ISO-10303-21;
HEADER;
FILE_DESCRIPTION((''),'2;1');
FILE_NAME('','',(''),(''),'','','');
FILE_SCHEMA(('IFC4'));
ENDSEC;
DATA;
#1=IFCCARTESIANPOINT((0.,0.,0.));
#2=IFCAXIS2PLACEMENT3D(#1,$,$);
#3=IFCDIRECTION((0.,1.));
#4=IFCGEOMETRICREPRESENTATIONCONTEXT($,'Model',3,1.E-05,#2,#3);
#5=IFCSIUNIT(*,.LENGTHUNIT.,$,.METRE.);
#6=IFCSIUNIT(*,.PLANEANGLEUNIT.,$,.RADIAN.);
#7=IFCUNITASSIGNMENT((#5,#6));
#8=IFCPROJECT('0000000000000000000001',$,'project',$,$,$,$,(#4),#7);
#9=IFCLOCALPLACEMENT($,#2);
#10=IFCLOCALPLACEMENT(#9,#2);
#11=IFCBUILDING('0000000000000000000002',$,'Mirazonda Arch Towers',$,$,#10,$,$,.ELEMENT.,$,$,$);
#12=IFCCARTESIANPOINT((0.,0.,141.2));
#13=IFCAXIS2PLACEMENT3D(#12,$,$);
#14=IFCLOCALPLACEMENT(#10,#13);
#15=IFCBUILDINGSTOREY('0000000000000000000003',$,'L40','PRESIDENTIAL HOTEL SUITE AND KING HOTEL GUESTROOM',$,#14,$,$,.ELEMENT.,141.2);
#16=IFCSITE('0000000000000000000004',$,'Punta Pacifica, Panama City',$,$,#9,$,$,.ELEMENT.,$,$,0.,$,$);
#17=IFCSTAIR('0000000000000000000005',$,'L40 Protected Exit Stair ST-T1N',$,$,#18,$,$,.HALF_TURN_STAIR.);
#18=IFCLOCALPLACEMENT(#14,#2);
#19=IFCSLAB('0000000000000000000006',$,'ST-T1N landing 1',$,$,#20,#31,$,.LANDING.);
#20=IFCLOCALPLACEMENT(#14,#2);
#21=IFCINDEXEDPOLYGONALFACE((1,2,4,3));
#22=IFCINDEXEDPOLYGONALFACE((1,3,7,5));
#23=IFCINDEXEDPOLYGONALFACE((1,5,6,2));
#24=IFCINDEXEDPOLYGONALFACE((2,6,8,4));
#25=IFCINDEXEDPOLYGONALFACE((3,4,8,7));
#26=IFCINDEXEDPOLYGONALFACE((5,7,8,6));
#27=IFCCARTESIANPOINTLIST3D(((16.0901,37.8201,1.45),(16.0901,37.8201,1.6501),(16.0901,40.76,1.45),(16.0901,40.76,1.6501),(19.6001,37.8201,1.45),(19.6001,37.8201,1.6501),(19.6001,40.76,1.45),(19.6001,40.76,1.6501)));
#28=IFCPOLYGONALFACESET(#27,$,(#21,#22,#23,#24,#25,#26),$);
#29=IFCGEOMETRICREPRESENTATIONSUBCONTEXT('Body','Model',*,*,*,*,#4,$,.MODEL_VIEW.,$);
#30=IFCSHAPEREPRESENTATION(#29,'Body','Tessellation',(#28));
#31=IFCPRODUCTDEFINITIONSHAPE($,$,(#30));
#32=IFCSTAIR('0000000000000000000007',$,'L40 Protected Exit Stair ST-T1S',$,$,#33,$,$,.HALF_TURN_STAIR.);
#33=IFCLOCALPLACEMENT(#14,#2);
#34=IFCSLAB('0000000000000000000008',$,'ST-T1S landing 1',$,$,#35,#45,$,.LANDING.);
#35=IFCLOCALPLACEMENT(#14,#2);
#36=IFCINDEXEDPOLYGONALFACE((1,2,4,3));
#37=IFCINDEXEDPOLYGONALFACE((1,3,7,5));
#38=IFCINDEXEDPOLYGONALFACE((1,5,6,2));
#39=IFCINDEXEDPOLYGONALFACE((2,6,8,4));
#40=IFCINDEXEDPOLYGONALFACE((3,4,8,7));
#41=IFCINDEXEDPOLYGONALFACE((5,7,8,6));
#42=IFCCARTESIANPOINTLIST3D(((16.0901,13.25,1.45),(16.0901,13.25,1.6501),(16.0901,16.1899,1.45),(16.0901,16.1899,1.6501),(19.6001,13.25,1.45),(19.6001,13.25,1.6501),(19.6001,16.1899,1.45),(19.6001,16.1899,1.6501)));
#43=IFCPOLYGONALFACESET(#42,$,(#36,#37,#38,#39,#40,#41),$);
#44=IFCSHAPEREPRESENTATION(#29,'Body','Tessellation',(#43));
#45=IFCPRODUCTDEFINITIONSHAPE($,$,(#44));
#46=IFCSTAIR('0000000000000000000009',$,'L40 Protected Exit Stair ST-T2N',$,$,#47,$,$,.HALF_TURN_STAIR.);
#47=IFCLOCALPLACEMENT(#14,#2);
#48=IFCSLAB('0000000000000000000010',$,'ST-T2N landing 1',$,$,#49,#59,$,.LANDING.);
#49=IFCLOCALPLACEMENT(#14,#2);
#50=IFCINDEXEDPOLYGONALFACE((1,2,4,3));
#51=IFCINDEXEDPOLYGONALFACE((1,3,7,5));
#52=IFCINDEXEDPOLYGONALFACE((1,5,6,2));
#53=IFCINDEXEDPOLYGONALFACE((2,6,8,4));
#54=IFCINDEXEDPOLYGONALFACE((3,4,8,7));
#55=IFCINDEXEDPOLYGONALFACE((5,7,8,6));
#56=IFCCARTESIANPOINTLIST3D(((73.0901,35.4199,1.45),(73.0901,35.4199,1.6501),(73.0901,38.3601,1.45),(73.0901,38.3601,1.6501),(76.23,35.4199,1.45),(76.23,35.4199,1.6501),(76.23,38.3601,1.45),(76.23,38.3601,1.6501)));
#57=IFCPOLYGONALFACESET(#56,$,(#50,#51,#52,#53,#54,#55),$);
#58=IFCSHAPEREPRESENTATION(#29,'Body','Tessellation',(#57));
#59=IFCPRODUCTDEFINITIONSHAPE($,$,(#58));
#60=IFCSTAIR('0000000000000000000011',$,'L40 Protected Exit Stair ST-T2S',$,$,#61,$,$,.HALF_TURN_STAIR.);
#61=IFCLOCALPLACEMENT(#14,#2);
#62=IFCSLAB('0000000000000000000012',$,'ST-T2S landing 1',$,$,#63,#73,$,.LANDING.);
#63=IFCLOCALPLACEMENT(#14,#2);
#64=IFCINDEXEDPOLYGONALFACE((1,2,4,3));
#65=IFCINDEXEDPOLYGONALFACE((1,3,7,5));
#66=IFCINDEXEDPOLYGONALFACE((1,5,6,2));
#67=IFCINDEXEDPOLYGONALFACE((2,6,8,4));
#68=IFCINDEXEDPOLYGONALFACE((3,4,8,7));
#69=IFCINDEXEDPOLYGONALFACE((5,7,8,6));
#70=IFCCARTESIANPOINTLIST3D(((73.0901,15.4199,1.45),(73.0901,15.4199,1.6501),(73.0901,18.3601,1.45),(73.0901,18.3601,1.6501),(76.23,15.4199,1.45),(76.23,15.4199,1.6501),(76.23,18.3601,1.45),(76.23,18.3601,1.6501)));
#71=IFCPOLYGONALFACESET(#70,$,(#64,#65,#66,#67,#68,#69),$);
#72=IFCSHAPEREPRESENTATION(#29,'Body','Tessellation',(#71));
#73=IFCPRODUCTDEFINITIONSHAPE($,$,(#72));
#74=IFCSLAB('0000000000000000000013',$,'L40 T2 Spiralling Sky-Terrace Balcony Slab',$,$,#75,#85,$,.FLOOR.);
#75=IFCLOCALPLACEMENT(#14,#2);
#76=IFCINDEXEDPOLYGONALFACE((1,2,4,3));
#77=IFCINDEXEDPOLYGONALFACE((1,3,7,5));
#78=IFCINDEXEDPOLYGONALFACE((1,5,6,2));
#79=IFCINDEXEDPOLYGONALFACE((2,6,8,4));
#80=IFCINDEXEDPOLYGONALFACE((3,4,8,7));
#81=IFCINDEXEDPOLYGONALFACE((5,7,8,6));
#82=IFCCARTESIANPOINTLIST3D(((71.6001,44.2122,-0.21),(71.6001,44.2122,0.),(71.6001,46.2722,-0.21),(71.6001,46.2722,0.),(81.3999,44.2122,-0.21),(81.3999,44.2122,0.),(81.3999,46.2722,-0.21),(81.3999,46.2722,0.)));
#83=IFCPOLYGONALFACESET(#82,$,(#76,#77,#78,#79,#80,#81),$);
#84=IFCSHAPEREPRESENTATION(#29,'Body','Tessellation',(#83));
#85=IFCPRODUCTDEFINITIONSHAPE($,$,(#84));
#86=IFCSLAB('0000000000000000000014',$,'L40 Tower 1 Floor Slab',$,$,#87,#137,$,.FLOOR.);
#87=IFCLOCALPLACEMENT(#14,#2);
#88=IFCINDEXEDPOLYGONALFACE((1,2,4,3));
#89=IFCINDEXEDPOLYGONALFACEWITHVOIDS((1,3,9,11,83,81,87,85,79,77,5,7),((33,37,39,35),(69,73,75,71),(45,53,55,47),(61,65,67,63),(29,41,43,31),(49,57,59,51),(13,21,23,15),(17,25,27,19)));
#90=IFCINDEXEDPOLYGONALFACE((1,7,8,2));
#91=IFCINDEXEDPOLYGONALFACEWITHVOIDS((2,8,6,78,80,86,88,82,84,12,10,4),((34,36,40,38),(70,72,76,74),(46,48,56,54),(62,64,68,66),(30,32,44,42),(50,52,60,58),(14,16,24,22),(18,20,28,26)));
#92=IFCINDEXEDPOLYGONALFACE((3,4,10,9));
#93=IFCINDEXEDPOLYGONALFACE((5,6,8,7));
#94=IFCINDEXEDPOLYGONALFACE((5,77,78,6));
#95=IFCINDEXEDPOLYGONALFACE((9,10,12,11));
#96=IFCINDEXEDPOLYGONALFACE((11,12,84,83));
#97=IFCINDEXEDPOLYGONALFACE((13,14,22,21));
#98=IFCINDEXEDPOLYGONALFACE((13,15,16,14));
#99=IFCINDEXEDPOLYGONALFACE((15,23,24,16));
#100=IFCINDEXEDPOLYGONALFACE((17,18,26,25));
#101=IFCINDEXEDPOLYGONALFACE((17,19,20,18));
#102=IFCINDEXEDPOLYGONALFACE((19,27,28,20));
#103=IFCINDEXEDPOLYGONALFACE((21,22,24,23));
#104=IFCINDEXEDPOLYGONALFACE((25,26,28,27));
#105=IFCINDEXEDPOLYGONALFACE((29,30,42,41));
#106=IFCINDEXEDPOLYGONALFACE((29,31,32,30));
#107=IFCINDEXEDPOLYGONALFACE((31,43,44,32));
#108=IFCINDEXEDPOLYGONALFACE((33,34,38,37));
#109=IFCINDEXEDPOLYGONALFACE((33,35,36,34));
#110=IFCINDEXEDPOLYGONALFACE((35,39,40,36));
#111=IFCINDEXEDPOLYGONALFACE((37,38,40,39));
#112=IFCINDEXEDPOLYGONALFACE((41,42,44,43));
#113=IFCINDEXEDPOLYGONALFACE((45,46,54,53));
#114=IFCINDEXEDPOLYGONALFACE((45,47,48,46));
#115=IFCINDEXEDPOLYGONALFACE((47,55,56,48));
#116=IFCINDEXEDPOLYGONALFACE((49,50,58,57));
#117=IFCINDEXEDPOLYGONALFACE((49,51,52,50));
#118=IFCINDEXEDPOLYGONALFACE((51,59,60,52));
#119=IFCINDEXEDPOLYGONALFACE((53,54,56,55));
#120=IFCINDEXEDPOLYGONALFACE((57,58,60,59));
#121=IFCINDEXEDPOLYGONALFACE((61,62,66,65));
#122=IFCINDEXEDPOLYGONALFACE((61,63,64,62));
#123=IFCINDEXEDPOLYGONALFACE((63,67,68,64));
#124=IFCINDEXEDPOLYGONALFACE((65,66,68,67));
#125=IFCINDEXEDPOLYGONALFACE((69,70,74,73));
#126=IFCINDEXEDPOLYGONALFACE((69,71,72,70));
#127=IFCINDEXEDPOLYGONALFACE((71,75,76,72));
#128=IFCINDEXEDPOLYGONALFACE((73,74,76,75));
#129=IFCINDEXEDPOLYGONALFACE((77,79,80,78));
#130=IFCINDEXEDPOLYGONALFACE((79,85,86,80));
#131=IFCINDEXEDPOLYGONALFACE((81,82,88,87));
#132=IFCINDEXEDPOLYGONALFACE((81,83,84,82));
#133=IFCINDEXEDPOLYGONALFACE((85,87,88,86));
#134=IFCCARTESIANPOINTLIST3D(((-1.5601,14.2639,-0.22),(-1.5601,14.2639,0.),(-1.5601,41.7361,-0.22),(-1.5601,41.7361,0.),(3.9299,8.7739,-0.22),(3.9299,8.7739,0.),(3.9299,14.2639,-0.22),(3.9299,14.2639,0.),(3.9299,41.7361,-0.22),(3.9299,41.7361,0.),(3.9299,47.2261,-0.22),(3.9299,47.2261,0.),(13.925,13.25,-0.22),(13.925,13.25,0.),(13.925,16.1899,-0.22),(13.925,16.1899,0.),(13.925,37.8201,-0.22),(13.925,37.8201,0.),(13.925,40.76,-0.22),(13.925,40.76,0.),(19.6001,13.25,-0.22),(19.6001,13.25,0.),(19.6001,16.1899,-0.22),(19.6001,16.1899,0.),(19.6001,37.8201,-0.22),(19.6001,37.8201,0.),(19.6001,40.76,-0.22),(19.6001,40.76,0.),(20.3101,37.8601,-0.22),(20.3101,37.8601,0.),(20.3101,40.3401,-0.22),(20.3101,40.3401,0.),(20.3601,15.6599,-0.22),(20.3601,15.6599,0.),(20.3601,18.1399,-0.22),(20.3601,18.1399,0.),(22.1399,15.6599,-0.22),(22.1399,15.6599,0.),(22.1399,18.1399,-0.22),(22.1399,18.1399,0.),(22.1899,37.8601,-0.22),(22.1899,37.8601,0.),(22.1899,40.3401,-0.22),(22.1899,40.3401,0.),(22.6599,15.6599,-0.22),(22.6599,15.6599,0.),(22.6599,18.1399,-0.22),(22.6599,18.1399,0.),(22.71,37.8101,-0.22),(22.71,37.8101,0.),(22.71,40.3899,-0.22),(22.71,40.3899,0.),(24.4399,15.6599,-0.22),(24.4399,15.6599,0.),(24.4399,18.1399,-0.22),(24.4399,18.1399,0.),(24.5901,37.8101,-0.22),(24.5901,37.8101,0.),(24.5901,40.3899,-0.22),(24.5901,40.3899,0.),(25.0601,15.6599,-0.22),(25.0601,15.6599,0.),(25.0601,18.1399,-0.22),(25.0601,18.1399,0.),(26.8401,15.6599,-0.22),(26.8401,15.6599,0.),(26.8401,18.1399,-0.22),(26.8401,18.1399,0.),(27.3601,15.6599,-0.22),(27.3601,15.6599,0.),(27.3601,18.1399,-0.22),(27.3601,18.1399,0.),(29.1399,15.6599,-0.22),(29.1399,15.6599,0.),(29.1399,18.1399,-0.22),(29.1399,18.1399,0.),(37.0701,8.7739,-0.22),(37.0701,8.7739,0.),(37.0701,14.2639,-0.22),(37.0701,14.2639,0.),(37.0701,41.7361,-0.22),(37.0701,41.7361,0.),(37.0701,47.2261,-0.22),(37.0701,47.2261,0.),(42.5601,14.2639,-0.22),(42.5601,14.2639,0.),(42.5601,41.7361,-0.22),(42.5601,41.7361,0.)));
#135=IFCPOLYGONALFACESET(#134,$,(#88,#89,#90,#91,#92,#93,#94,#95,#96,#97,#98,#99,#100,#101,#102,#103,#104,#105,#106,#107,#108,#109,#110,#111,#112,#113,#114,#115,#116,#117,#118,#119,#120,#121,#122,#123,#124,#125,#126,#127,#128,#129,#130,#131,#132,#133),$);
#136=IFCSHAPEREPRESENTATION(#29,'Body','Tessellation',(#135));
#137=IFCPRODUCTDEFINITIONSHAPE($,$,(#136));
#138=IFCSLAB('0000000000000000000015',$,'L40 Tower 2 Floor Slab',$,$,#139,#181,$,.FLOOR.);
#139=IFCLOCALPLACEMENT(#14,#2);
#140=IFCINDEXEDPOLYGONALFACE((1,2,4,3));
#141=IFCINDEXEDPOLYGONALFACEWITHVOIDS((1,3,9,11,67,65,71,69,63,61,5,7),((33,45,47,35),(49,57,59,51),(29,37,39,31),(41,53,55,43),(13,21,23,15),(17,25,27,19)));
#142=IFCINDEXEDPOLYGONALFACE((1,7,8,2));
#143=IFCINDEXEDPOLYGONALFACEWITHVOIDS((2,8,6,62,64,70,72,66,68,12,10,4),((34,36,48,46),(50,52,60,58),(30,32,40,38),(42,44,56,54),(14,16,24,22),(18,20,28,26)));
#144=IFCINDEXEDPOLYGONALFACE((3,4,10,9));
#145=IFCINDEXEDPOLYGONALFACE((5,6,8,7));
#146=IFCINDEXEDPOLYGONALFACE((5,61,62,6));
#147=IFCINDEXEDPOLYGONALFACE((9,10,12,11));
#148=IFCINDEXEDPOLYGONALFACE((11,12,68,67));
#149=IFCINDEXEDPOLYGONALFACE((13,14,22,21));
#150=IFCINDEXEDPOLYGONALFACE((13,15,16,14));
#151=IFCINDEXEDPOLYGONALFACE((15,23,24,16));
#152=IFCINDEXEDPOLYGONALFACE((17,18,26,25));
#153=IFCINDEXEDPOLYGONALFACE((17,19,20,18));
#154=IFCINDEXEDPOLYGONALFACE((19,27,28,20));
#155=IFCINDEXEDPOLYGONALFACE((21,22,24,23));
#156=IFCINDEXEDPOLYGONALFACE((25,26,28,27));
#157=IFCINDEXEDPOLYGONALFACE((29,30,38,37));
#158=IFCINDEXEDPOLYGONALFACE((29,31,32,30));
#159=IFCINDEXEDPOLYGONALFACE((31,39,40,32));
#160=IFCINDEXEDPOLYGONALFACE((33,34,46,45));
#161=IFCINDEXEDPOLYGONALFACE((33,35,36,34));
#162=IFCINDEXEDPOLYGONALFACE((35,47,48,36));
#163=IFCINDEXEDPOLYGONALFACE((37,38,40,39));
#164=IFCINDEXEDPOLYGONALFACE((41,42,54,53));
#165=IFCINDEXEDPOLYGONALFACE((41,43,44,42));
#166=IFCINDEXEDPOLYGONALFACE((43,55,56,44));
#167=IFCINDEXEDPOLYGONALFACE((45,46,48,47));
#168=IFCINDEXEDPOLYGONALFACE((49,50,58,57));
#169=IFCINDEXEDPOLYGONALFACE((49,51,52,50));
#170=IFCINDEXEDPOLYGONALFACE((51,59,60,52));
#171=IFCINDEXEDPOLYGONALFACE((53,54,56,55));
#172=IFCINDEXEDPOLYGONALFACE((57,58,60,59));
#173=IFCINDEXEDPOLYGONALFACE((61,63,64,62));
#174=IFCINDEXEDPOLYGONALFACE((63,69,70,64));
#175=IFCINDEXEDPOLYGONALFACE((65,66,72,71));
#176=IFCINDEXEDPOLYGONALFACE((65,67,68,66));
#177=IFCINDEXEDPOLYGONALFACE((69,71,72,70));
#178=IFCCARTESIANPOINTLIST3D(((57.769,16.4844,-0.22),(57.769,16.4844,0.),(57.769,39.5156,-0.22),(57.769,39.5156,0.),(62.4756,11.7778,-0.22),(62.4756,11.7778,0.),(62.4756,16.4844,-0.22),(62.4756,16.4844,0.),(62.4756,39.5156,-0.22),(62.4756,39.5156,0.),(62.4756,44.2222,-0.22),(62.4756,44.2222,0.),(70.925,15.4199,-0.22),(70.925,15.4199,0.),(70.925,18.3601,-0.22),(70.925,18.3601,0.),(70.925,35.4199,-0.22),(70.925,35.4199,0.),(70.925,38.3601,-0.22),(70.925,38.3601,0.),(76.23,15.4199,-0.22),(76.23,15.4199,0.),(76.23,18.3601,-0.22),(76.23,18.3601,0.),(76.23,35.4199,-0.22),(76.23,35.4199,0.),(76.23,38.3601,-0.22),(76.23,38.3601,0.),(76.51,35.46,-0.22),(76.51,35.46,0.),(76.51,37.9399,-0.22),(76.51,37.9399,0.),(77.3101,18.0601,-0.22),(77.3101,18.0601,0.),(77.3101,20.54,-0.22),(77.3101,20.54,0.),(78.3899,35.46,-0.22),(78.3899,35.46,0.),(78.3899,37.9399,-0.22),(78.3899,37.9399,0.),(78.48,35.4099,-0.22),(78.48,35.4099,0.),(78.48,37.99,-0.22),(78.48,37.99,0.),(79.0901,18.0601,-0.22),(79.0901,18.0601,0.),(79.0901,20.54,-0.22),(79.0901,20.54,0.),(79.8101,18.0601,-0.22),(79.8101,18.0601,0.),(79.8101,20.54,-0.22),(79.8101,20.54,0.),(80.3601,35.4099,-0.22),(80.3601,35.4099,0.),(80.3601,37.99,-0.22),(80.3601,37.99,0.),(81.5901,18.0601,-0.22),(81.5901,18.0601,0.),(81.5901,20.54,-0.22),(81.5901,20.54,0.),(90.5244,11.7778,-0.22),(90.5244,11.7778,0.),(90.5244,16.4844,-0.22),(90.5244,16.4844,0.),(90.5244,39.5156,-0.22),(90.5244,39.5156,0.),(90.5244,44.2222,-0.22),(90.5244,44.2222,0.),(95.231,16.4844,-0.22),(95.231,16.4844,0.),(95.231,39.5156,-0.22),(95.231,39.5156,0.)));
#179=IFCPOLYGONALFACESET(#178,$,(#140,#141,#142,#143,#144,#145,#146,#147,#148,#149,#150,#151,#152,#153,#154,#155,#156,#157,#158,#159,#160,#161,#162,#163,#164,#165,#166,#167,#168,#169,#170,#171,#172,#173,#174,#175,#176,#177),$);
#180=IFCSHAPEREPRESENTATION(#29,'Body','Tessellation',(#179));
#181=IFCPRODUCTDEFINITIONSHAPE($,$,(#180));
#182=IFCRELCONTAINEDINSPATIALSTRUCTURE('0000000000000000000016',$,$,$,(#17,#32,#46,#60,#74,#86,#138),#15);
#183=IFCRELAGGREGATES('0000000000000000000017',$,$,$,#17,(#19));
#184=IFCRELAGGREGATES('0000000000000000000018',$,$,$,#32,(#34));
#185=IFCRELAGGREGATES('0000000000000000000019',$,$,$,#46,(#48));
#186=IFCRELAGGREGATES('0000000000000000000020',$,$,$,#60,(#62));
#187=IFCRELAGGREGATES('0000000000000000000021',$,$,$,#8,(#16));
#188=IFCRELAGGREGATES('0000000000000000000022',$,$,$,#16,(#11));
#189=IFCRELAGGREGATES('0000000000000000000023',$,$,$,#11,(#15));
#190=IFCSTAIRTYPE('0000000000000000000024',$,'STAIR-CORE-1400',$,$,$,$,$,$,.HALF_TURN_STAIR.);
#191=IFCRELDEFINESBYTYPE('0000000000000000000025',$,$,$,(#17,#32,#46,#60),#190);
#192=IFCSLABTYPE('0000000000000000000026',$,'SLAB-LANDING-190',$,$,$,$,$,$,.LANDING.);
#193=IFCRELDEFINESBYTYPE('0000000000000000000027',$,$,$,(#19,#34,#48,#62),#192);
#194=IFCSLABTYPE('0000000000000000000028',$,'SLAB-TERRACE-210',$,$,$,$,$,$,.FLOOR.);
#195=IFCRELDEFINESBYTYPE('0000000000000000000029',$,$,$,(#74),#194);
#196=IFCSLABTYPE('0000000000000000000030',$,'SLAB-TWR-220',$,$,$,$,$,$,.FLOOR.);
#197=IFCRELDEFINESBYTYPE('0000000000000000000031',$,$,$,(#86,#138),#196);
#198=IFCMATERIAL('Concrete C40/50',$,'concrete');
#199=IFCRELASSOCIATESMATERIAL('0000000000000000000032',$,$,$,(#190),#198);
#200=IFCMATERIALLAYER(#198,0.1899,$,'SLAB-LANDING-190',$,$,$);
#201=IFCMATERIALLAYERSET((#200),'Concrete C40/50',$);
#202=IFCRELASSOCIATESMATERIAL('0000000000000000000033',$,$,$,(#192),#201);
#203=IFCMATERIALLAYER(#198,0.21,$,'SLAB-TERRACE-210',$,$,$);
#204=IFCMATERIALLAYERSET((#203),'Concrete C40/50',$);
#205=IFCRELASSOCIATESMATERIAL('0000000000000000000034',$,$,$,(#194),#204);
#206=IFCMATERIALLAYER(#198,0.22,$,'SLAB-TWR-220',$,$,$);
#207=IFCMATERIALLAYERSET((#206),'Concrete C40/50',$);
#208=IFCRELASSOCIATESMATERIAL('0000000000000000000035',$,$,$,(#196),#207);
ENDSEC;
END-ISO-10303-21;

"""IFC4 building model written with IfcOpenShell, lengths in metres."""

from ifc_helpers import new_model, si_unit, direction, frame, origin, place, context, subcontext, project, spatial, polyline, outline, extrude, material, layer, layer_set, type_object, element, aggregate, save


model = new_model("IFC4")

# Units and contexts
model_context = context("Model", 3, precision=1e-05, world=origin(), true_north=direction((0.0, 1.0)))
body_context = subcontext(model_context, "Body", "Model", "MODEL_VIEW")
ifc_project = project(units=[si_unit("LENGTHUNIT", "METRE"), si_unit("PLANEANGLEUNIT", "RADIAN")], contexts=[model_context])

# Site, building, storey
site_placement = place(None, origin())
site = spatial("IfcSite", under=ifc_project, at=site_placement, Name="Punta Pacifica, Panama City", CompositionType="ELEMENT", RefElevation=0.0)
building_placement = place(site_placement, origin())
building = spatial("IfcBuilding", under=site, at=building_placement, Name="Mirazonda Arch Towers", CompositionType="ELEMENT")
storey_placement = place(building_placement, frame((0.0, 0.0, 141.2)))
storey = spatial("IfcBuildingStorey", under=building, at=storey_placement, Name="L40", Description="PRESIDENTIAL HOTEL SUITE AND KING HOTEL GUESTROOM", CompositionType="ELEMENT", Elevation=141.2)

# Stairs, slabs
ifc_material_1 = material(Name="Concrete C40/50", Category="concrete")
stair_type = type_object("IfcStairType", Name="STAIR-CORE-1400", PredefinedType="HALF_TURN_STAIR", material=ifc_material_1)
stair_1_placement = place(storey_placement, origin())
stair_1 = element("IfcStair", 1, at=stair_1_placement, inside=storey, type_object=stair_type, Name="L40 Protected Exit Stair ST-T1N", PredefinedType="HALF_TURN_STAIR")
ifc_layer_1 = layer(ifc_material_1, 0.1899, Name="SLAB-LANDING-190")
ifc_layer_set_1 = layer_set([ifc_layer_1], Name="Concrete C40/50")
slab_type_1 = type_object("IfcSlabType", Name="SLAB-LANDING-190", PredefinedType="LANDING", material=ifc_layer_set_1)
slab_1_placement = place(storey_placement, frame((0.0, 0.0, 1.45)))
slab_1 = element("IfcSlab", 2, at=slab_1_placement, type_object=slab_type_1, Name="ST-T1N landing 1", PredefinedType="LANDING", context=body_context, shape_type="SweptSolid", body=[
    extrude(outline(polyline([(16.0901, 37.8201), (19.6001, 37.8201), (19.6001, 40.76), (16.0901, 40.76), (16.0901, 37.8201)])), origin(), (0.0, 0.0, 1.0), 0.2002),
])
aggregate(stair_1, [slab_1])
stair_2_placement = place(storey_placement, origin())
stair_2 = element("IfcStair", 3, at=stair_2_placement, inside=storey, type_object=stair_type, Name="L40 Protected Exit Stair ST-T1S", PredefinedType="HALF_TURN_STAIR")
slab_2_placement = place(storey_placement, frame((0.0, 0.0, 1.45)))
slab_2 = element("IfcSlab", 4, at=slab_2_placement, type_object=slab_type_1, Name="ST-T1S landing 1", PredefinedType="LANDING", context=body_context, shape_type="SweptSolid", body=[
    extrude(outline(polyline([(16.0901, 13.25), (19.6001, 13.25), (19.6001, 16.1899), (16.0901, 16.1899), (16.0901, 13.25)])), origin(), (0.0, 0.0, 1.0), 0.2002),
])
aggregate(stair_2, [slab_2])
stair_3_placement = place(storey_placement, origin())
stair_3 = element("IfcStair", 5, at=stair_3_placement, inside=storey, type_object=stair_type, Name="L40 Protected Exit Stair ST-T2N", PredefinedType="HALF_TURN_STAIR")
slab_3_placement = place(storey_placement, frame((0.0, 0.0, 1.45)))
slab_3 = element("IfcSlab", 6, at=slab_3_placement, type_object=slab_type_1, Name="ST-T2N landing 1", PredefinedType="LANDING", context=body_context, shape_type="SweptSolid", body=[
    extrude(outline(polyline([(73.0901, 35.4199), (76.23, 35.4199), (76.23, 38.3601), (73.0901, 38.3601), (73.0901, 35.4199)])), origin(), (0.0, 0.0, 1.0), 0.2002),
])
aggregate(stair_3, [slab_3])
stair_4_placement = place(storey_placement, origin())
stair_4 = element("IfcStair", 7, at=stair_4_placement, inside=storey, type_object=stair_type, Name="L40 Protected Exit Stair ST-T2S", PredefinedType="HALF_TURN_STAIR")
slab_4_placement = place(storey_placement, frame((0.0, 0.0, 1.45)))
slab_4 = element("IfcSlab", 8, at=slab_4_placement, type_object=slab_type_1, Name="ST-T2S landing 1", PredefinedType="LANDING", context=body_context, shape_type="SweptSolid", body=[
    extrude(outline(polyline([(73.0901, 15.4199), (76.23, 15.4199), (76.23, 18.3601), (73.0901, 18.3601), (73.0901, 15.4199)])), origin(), (0.0, 0.0, 1.0), 0.2002),
])
aggregate(stair_4, [slab_4])

# Slabs
ifc_layer_2 = layer(ifc_material_1, 0.21, Name="SLAB-TERRACE-210")
ifc_layer_set_2 = layer_set([ifc_layer_2], Name="Concrete C40/50")
slab_type_2 = type_object("IfcSlabType", Name="SLAB-TERRACE-210", PredefinedType="FLOOR", material=ifc_layer_set_2)
slab_5_placement = place(storey_placement, frame((0.0, 0.0, -0.21)))
element("IfcSlab", 9, at=slab_5_placement, inside=storey, type_object=slab_type_2, Name="L40 T2 Spiralling Sky-Terrace Balcony Slab", PredefinedType="FLOOR", context=body_context, shape_type="SweptSolid", body=[
    extrude(outline(polyline([(71.6001, 44.2122), (81.3999, 44.2122), (81.3999, 46.2722), (71.6001, 46.2722), (71.6001, 44.2122)])), origin(), (0.0, 0.0, 1.0), 0.21),
])
ifc_layer_3 = layer(ifc_material_1, 0.22, Name="SLAB-TWR-220")
ifc_layer_set_3 = layer_set([ifc_layer_3], Name="Concrete C40/50")
slab_type_3 = type_object("IfcSlabType", Name="SLAB-TWR-220", PredefinedType="FLOOR", material=ifc_layer_set_3)
slab_6_placement = place(storey_placement, frame((0.0, 0.0, -0.22)))
element("IfcSlab", 10, at=slab_6_placement, inside=storey, type_object=slab_type_3, Name="L40 Tower 1 Floor Slab", PredefinedType="FLOOR", context=body_context, shape_type="SweptSolid", body=[
    extrude(outline(polyline([(3.9299, 8.7739), (37.0701, 8.7739), (37.0701, 14.2639), (42.5601, 14.2639), (42.5601, 41.7361), (37.0701, 41.7361), (37.0701, 47.2261), (3.9299, 47.2261), (3.9299, 41.7361), (-1.5601, 41.7361), (-1.5601, 14.2639), (3.9299, 14.2639), (3.9299, 8.7739)]), holes=[polyline([(27.3601, 18.1399), (29.1399, 18.1399), (29.1399, 15.6599), (27.3601, 15.6599), (27.3601, 18.1399)]), polyline([(25.0601, 18.1399), (26.8401, 18.1399), (26.8401, 15.6599), (25.0601, 15.6599), (25.0601, 18.1399)]), polyline([(22.71, 40.3899), (24.5901, 40.3899), (24.5901, 37.8101), (22.71, 37.8101), (22.71, 40.3899)]), polyline([(22.6599, 18.1399), (24.4399, 18.1399), (24.4399, 15.6599), (22.6599, 15.6599), (22.6599, 18.1399)]), polyline([(20.3101, 40.3401), (22.1899, 40.3401), (22.1899, 37.8601), (20.3101, 37.8601), (20.3101, 40.3401)]), polyline([(20.3601, 18.1399), (22.1399, 18.1399), (22.1399, 15.6599), (20.3601, 15.6599), (20.3601, 18.1399)]), polyline([(13.925, 13.25), (13.925, 16.1899), (19.6001, 16.1899), (19.6001, 13.25), (13.925, 13.25)]), polyline([(13.925, 37.8201), (13.925, 40.76), (19.6001, 40.76), (19.6001, 37.8201), (13.925, 37.8201)])]), origin(), (0.0, 0.0, 1.0), 0.22),
])
slab_7_placement = place(storey_placement, frame((0.0, 0.0, -0.22)))
element("IfcSlab", 11, at=slab_7_placement, inside=storey, type_object=slab_type_3, Name="L40 Tower 2 Floor Slab", PredefinedType="FLOOR", context=body_context, shape_type="SweptSolid", body=[
    extrude(outline(polyline([(62.4756, 11.7778), (90.5244, 11.7778), (90.5244, 16.4844), (95.231, 16.4844), (95.231, 39.5156), (90.5244, 39.5156), (90.5244, 44.2222), (62.4756, 44.2222), (62.4756, 39.5156), (57.769, 39.5156), (57.769, 16.4844), (62.4756, 16.4844), (62.4756, 11.7778)]), holes=[polyline([(79.8101, 20.54), (81.5901, 20.54), (81.5901, 18.0601), (79.8101, 18.0601), (79.8101, 20.54)]), polyline([(78.48, 37.99), (80.3601, 37.99), (80.3601, 35.4099), (78.48, 35.4099), (78.48, 37.99)]), polyline([(77.3101, 20.54), (79.0901, 20.54), (79.0901, 18.0601), (77.3101, 18.0601), (77.3101, 20.54)]), polyline([(76.51, 35.46), (76.51, 37.9399), (78.3899, 37.9399), (78.3899, 35.46), (76.51, 35.46)]), polyline([(76.23, 15.4199), (70.925, 15.4199), (70.925, 18.3601), (76.23, 18.3601), (76.23, 15.4199)]), polyline([(70.925, 35.4199), (70.925, 38.3601), (76.23, 38.3601), (76.23, 35.4199), (70.925, 35.4199)])]), origin(), (0.0, 0.0, 1.0), 0.22),
])

save(model, "model.ifc")
